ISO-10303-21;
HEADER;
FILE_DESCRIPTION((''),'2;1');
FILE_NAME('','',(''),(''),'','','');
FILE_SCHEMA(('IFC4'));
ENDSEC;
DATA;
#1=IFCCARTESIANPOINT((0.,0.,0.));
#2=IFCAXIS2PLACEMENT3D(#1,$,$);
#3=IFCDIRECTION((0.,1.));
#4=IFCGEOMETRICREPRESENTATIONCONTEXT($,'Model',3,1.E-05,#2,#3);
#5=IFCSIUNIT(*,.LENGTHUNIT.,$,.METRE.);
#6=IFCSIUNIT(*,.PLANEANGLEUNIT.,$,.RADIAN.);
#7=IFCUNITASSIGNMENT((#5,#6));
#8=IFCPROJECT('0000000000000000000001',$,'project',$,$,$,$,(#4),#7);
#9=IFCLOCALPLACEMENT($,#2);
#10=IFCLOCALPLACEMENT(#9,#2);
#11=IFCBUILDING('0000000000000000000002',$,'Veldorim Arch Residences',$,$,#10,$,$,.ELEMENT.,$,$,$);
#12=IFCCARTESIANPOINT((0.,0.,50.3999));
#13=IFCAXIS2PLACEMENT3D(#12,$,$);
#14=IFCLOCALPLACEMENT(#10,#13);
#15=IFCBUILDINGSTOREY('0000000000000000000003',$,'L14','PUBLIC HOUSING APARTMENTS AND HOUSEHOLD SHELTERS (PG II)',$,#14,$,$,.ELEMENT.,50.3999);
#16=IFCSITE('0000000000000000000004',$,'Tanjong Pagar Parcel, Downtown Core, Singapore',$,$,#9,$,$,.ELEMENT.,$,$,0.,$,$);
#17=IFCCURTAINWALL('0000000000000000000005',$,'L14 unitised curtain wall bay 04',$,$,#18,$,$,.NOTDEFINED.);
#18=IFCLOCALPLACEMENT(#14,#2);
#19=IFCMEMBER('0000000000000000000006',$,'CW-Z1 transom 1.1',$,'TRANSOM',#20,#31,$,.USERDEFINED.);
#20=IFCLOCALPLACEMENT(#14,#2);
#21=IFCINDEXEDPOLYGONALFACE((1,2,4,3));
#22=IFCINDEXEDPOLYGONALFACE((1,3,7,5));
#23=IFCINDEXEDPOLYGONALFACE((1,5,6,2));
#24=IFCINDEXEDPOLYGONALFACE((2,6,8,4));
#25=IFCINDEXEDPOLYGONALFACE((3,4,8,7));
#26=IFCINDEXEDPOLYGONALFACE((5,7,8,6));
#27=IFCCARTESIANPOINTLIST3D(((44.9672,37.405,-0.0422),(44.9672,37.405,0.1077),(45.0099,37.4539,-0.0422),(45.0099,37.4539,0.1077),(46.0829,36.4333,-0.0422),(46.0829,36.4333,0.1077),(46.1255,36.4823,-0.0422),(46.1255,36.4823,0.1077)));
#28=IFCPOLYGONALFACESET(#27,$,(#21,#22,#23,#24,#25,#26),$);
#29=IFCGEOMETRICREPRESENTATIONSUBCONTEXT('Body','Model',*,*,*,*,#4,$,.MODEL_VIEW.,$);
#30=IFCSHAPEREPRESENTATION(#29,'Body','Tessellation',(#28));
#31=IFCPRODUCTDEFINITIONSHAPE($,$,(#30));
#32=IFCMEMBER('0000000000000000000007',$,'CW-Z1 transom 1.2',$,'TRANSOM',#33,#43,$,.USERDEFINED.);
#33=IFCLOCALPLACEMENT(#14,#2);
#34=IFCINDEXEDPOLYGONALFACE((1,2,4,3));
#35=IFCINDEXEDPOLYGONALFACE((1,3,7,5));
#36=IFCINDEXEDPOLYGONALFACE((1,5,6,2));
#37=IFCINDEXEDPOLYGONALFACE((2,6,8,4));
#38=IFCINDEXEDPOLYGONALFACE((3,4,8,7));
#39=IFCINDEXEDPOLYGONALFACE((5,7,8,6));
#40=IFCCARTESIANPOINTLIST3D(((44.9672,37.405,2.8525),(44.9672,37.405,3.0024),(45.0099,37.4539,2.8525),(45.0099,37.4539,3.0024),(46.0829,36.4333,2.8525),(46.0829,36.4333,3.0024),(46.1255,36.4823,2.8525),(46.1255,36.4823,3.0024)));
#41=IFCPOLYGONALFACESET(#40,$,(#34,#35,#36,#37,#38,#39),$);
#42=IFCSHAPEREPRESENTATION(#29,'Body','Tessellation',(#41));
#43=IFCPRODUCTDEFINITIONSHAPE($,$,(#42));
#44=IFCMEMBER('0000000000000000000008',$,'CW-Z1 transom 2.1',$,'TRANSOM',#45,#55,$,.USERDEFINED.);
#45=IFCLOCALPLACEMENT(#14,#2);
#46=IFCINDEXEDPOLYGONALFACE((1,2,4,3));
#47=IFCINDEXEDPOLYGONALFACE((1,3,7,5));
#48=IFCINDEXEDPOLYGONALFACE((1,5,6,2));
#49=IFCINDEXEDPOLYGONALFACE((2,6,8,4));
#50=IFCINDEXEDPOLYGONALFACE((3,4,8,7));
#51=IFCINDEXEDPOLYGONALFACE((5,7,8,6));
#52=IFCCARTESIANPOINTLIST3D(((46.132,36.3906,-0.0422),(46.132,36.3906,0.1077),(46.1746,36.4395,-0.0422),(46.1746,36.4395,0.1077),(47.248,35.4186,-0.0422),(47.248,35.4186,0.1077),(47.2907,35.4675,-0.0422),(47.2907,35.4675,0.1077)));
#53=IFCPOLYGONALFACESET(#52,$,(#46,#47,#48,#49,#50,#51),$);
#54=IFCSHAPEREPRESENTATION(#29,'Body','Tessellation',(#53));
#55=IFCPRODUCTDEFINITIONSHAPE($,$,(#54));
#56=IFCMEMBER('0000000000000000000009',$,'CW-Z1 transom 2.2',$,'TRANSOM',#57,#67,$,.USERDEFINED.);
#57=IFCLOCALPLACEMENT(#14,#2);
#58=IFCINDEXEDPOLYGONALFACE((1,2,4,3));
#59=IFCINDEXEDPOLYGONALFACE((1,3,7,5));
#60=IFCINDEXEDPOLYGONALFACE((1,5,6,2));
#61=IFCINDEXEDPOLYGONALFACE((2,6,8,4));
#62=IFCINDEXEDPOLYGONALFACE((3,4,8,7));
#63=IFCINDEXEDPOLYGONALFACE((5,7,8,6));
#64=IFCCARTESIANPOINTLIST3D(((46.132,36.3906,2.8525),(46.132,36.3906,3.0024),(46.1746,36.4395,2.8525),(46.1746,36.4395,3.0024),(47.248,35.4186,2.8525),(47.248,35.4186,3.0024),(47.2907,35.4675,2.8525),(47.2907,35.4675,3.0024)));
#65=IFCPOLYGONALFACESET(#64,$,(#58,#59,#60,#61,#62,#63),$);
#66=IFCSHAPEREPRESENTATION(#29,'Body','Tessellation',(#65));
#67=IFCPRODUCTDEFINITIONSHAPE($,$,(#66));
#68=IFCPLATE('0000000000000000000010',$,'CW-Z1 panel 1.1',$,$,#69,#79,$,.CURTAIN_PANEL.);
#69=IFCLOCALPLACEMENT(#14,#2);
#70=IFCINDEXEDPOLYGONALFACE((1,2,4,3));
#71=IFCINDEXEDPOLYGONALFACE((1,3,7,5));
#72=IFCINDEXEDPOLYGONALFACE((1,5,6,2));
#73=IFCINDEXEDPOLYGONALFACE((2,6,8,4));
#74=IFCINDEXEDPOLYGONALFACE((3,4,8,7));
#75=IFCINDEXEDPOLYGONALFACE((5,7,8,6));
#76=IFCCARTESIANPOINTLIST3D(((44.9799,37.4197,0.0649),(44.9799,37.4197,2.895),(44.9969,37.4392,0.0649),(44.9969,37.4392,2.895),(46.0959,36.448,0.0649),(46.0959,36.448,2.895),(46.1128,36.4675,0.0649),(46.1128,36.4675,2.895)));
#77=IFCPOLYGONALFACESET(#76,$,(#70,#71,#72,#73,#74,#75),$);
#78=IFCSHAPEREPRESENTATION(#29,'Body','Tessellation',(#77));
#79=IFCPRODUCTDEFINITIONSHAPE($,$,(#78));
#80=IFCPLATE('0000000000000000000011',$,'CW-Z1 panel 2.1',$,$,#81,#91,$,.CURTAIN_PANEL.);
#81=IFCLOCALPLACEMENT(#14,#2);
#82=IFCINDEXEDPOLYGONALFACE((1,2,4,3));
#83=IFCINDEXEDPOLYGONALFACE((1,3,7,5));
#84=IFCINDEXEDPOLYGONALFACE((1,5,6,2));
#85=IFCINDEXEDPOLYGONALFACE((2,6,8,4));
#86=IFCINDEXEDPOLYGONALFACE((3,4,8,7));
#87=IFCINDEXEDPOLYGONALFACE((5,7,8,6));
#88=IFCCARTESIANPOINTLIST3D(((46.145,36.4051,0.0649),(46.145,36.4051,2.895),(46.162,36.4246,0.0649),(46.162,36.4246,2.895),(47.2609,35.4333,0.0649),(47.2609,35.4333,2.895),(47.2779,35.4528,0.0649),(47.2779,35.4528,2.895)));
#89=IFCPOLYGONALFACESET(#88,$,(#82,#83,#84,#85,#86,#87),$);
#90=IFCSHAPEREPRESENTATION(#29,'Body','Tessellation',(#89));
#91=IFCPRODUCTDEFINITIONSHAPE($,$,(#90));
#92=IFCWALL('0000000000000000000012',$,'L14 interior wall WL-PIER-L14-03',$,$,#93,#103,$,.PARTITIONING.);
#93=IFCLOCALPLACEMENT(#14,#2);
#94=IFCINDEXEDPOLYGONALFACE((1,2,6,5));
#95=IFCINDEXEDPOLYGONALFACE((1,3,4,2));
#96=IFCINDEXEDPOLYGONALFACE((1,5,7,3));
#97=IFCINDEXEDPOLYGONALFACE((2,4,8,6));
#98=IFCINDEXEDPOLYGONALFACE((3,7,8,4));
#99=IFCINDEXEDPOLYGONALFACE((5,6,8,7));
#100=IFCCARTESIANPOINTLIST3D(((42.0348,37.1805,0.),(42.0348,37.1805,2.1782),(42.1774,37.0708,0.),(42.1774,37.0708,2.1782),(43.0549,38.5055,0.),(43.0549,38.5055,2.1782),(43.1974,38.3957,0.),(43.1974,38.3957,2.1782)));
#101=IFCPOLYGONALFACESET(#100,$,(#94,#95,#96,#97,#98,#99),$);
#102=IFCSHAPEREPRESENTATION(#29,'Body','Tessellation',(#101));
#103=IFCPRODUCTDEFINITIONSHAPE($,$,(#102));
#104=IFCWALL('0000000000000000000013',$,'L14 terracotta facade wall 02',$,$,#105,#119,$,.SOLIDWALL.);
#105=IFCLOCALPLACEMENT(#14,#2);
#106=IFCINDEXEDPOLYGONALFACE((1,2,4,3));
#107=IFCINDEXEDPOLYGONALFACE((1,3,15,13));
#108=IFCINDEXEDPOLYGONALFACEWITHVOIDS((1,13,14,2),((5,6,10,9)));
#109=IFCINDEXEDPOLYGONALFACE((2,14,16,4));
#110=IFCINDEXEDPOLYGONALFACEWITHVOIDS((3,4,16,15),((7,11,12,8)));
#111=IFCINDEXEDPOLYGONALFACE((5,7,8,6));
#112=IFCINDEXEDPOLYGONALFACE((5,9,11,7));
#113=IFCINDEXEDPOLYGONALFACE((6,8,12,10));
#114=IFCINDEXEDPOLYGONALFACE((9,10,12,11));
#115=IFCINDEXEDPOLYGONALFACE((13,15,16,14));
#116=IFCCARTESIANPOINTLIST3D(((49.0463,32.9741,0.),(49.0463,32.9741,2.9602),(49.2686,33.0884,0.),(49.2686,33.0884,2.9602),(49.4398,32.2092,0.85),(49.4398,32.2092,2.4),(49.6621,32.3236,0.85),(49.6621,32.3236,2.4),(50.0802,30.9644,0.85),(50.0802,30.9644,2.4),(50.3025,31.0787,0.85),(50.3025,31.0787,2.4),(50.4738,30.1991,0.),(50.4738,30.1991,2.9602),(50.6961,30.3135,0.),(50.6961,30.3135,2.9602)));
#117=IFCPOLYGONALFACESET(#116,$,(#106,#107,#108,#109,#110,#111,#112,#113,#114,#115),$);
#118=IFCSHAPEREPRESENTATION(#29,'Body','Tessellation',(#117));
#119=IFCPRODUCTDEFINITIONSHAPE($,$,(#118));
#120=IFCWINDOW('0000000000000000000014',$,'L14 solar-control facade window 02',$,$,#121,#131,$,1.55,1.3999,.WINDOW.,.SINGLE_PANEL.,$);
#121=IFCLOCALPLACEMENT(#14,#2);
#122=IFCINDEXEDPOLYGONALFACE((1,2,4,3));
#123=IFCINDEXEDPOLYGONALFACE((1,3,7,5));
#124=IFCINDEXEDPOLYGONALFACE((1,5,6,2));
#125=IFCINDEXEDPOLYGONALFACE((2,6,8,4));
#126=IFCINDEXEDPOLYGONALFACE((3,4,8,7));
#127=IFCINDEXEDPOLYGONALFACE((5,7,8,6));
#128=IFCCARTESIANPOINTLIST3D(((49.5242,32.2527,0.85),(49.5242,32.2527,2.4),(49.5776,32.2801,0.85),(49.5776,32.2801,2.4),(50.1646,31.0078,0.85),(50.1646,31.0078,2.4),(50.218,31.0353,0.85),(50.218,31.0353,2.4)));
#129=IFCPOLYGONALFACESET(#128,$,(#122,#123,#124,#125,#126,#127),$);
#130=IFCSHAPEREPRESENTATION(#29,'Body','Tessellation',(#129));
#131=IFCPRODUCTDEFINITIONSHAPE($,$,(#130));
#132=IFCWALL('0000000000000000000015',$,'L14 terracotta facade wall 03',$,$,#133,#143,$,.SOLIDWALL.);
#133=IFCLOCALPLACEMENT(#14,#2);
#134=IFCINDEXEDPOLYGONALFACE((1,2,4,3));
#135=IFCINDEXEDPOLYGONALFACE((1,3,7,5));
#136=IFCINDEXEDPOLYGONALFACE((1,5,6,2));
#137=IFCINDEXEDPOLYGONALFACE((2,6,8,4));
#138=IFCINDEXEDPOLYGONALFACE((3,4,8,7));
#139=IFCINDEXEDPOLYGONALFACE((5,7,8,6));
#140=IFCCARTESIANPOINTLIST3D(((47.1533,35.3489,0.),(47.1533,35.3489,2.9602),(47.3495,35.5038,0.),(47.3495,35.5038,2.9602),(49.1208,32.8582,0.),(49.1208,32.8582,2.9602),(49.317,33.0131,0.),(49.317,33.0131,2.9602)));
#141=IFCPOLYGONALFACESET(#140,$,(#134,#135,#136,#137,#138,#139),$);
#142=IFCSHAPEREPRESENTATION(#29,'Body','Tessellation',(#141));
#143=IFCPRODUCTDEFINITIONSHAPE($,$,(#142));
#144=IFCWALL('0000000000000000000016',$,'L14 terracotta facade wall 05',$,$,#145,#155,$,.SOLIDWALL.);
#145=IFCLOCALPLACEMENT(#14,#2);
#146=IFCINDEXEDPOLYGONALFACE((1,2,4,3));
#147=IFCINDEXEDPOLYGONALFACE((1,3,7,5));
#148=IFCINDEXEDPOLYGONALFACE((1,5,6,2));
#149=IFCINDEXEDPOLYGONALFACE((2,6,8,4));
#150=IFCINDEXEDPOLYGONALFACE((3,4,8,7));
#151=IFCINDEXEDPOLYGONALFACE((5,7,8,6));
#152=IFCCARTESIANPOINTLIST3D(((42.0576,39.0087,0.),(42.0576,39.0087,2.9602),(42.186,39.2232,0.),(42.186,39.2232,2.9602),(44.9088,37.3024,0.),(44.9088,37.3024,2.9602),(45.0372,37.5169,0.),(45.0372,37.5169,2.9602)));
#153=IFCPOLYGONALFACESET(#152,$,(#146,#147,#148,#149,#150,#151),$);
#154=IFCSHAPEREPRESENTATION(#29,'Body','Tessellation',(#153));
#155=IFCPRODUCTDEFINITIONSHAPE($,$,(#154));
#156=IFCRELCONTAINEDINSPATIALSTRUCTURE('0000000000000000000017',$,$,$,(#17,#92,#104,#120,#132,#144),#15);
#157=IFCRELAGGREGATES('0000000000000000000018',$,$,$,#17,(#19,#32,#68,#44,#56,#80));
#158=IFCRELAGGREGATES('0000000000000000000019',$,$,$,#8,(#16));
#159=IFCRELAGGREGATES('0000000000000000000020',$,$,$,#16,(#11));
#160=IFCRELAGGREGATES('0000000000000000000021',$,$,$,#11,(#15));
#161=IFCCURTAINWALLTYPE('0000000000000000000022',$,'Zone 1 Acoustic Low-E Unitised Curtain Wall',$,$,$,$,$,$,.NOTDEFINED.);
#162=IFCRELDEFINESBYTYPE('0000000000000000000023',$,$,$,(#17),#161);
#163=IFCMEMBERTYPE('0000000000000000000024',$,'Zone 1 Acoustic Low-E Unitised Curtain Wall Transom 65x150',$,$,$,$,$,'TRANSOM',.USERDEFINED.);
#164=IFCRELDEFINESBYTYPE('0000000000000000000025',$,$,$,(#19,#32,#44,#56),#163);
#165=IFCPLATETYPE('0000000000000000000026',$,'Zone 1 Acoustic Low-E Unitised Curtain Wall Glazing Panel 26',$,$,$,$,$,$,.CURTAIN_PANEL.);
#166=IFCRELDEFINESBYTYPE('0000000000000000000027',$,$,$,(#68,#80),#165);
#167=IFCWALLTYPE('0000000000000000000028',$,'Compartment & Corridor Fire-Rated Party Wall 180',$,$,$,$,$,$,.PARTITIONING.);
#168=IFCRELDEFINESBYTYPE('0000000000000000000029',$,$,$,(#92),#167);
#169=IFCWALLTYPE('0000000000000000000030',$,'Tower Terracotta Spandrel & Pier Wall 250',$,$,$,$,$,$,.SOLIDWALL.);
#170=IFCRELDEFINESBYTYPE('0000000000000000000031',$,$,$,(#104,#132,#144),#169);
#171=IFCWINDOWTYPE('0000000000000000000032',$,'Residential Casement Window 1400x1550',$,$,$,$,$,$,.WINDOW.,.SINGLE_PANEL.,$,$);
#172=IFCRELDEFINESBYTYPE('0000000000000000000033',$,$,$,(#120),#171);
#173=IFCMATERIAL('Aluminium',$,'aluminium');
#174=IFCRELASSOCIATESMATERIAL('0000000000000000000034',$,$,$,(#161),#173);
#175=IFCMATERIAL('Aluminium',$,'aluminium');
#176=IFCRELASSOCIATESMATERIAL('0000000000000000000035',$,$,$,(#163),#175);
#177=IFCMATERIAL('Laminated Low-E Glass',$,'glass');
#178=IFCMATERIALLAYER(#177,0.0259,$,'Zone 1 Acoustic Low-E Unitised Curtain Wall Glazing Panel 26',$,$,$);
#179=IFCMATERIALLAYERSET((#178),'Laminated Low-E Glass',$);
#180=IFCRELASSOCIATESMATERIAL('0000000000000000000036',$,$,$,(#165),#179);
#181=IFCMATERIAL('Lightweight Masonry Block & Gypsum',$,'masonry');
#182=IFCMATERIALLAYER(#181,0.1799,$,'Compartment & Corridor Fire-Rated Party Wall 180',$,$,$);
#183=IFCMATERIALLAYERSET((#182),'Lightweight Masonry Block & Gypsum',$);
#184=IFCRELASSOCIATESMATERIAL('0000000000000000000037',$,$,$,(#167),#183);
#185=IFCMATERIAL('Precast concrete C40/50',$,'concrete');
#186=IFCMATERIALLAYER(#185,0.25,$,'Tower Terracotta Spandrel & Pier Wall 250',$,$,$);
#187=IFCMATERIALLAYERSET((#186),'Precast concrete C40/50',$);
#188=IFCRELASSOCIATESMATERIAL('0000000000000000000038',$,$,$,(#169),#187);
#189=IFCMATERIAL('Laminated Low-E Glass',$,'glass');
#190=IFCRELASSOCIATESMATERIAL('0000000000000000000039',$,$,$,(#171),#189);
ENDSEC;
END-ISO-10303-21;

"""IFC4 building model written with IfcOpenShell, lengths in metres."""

from ifc_helpers import new_model, si_unit, direction, frame, frame_2d, origin, origin_2d, place, context, subcontext, project, spatial, rectangle, extrude, material, layer, layer_set, material_profile, profile_set, type_object, element, fill, aggregate, save


model = new_model("IFC4")

# Units and contexts
model_context = context("Model", 3, precision=1e-05, world=origin(), true_north=direction((0.0, 1.0)))
body_context = subcontext(model_context, "Body", "Model", "MODEL_VIEW")
ifc_project = project(units=[si_unit("LENGTHUNIT", "METRE"), si_unit("PLANEANGLEUNIT", "RADIAN")], contexts=[model_context])

# Site, building, storey
site_placement = place(None, origin())
site = spatial("IfcSite", under=ifc_project, at=site_placement, Name="Tanjong Pagar Parcel, Downtown Core, Singapore", CompositionType="ELEMENT", RefElevation=0.0)
building_placement = place(site_placement, origin())
building = spatial("IfcBuilding", under=site, at=building_placement, Name="Veldorim Arch Residences", CompositionType="ELEMENT")
storey_placement = place(building_placement, frame((0.0, 0.0, 50.3999)))
storey = spatial("IfcBuildingStorey", under=building, at=storey_placement, Name="L14", Description="PUBLIC HOUSING APARTMENTS AND HOUSEHOLD SHELTERS (PG II)", CompositionType="ELEMENT", Elevation=50.3999)

# Curtain wall, members, plates
ifc_material_1 = material(Name="Aluminium", Category="aluminium")
curtain_wall_type = type_object("IfcCurtainWallType", Name="Zone 1 Acoustic Low-E Unitised Curtain Wall", PredefinedType="NOTDEFINED", material=ifc_material_1)
curtain_wall_placement = place(storey_placement, origin())
curtain_wall = element("IfcCurtainWall", 1, at=curtain_wall_placement, inside=storey, type_object=curtain_wall_type, Name="L14 unitised curtain wall bay 04", PredefinedType="NOTDEFINED")
ifc_material_2 = material(Name="Aluminium", Category="aluminium")
ifc_material_profile_1 = material_profile(ifc_material_2, rectangle(XDim=0.0649, YDim=0.1499, at=origin_2d()), Name="ALU_TRN_65x150")
ifc_profile_set_1 = profile_set([ifc_material_profile_1], Name="Aluminium")
member_type_1 = type_object("IfcMemberType", Name="Zone 1 Acoustic Low-E Unitised Curtain Wall Transom 65x150", ElementType="TRANSOM", PredefinedType="USERDEFINED", material=ifc_profile_set_1)
member_1_placement = place(storey_placement, frame((44.9885, 37.4294, 0.0327), z_axis=(0.754108, -0.65675, 0.0), x_axis=(0.65675, 0.754108, 0.0)))
member_1 = element("IfcMember", 2, at=member_1_placement, type_object=member_type_1, Name="CW-Z1 transom 1.1", ObjectType="TRANSOM", PredefinedType="USERDEFINED", context=body_context, shape_type="SweptSolid", body=[
    extrude(rectangle(XDim=0.0649, YDim=0.1499, at=origin_2d()), origin(), (0.0, 0.0, 1.0), 1.4795),
])
member_2_placement = place(storey_placement, frame((44.9885, 37.4294, 2.9275), z_axis=(0.754108, -0.65675, 0.0), x_axis=(0.65675, 0.754108, 0.0)))
member_2 = element("IfcMember", 3, at=member_2_placement, type_object=member_type_1, Name="CW-Z1 transom 1.2", ObjectType="TRANSOM", PredefinedType="USERDEFINED", context=body_context, shape_type="SweptSolid", body=[
    extrude(rectangle(XDim=0.0649, YDim=0.1499, at=origin_2d()), origin(), (0.0, 0.0, 1.0), 1.4795),
])
member_3_placement = place(storey_placement, frame((46.1533, 36.415, 0.0327), z_axis=(0.754097, -0.656763, 0.0), x_axis=(0.656763, 0.754097, 0.0)))
member_3 = element("IfcMember", 4, at=member_3_placement, type_object=member_type_1, Name="CW-Z1 transom 2.1", ObjectType="TRANSOM", PredefinedType="USERDEFINED", context=body_context, shape_type="SweptSolid", body=[
    extrude(rectangle(XDim=0.0649, YDim=0.1499, at=origin_2d()), origin(), (0.0, 0.0, 1.0), 1.48),
])
member_4_placement = place(storey_placement, frame((46.1533, 36.415, 2.9275), z_axis=(0.754097, -0.656763, 0.0), x_axis=(0.656763, 0.754097, 0.0)))
member_4 = element("IfcMember", 5, at=member_4_placement, type_object=member_type_1, Name="CW-Z1 transom 2.2", ObjectType="TRANSOM", PredefinedType="USERDEFINED", context=body_context, shape_type="SweptSolid", body=[
    extrude(rectangle(XDim=0.0649, YDim=0.1499, at=origin_2d()), origin(), (0.0, 0.0, 1.0), 1.48),
])
ifc_material_3 = material(Name="Laminated Low-E Glass", Category="glass")
ifc_layer_1 = layer(ifc_material_3, 0.0259, Name="Zone 1 Acoustic Low-E Unitised Curtain Wall Glazing Panel 26")
ifc_layer_set_1 = layer_set([ifc_layer_1], Name="Laminated Low-E Glass")
plate_type = type_object("IfcPlateType", Name="Zone 1 Acoustic Low-E Unitised Curtain Wall Glazing Panel 26", PredefinedType="CURTAIN_PANEL", material=ifc_layer_set_1)
plate_1_placement = place(storey_placement, frame((45.5464, 36.9436, 0.0649), z_axis=(0.0, 0.0, 1.0), x_axis=(0.754136, -0.656719, 0.0)))
plate_1 = element("IfcPlate", 6, at=plate_1_placement, type_object=plate_type, Name="CW-Z1 panel 1.1", PredefinedType="CURTAIN_PANEL", context=body_context, shape_type="SweptSolid", body=[
    extrude(rectangle(XDim=1.4797, YDim=0.0259, at=origin_2d()), origin(), (0.0, 0.0, 1.0), 2.8301),
])
plate_2_placement = place(storey_placement, frame((46.7114, 35.929, 0.0649), z_axis=(0.0, 0.0, 1.0), x_axis=(0.754136, -0.656719, 0.0)))
plate_2 = element("IfcPlate", 7, at=plate_2_placement, type_object=plate_type, Name="CW-Z1 panel 2.1", PredefinedType="CURTAIN_PANEL", context=body_context, shape_type="SweptSolid", body=[
    extrude(rectangle(XDim=1.4797, YDim=0.0259, at=origin_2d()), origin(), (0.0, 0.0, 1.0), 2.8301),
])
aggregate(curtain_wall, [member_1, member_2, plate_1, member_3, member_4, plate_2])

# Wall
ifc_material_4 = material(Name="Lightweight Masonry Block & Gypsum", Category="masonry")
ifc_layer_2 = layer(ifc_material_4, 0.1799, Name="Compartment & Corridor Fire-Rated Party Wall 180")
ifc_layer_set_2 = layer_set([ifc_layer_2], Name="Lightweight Masonry Block & Gypsum")
wall_type_1 = type_object("IfcWallType", Name="Compartment & Corridor Fire-Rated Party Wall 180", PredefinedType="PARTITIONING", material=ifc_layer_set_2)
wall_1_placement = place(storey_placement, frame((42.1062, 37.1257, 0.0), z_axis=(0.0, 0.0, 1.0), x_axis=(0.610021, 0.792385, 0.0)))
element("IfcWall", 8, at=wall_1_placement, inside=storey, type_object=wall_type_1, Name="L14 interior wall WL-PIER-L14-03", PredefinedType="PARTITIONING", context=body_context, shape_type="SweptSolid", body=[
    extrude(rectangle(XDim=1.6721, YDim=0.1799, at=frame_2d((0.8359, 0.0))), origin(), (0.0, 0.0, 1.0), 2.1782),
])

# Wall, opening, window
ifc_material_5 = material(Name="Precast concrete C40/50", Category="concrete")
ifc_layer_3 = layer(ifc_material_5, 0.25, Name="Tower Terracotta Spandrel & Pier Wall 250")
ifc_layer_set_3 = layer_set([ifc_layer_3], Name="Precast concrete C40/50")
wall_type_2 = type_object("IfcWallType", Name="Tower Terracotta Spandrel & Pier Wall 250", PredefinedType="SOLIDWALL", material=ifc_layer_set_3)
wall_2_placement = place(storey_placement, frame((49.1575, 33.0312, 0.0), z_axis=(0.0, 0.0, 1.0), x_axis=(0.457449, -0.889236, 0.0)))
wall_2 = element("IfcWall", 9, at=wall_2_placement, inside=storey, type_object=wall_type_2, Name="L14 terracotta facade wall 02", PredefinedType="SOLIDWALL", context=body_context, shape_type="SweptSolid", body=[
    extrude(rectangle(XDim=3.1206, YDim=0.25, at=frame_2d((1.5603, 0.0))), origin(), (0.0, 0.0, 1.0), 2.9602),
])
opening_1_placement = place(wall_2_placement, frame((0.8601, 0.0, 0.8501)))
opening_1 = element("IfcOpeningElement", 10, at=opening_1_placement, cuts=wall_2, PredefinedType="OPENING", context=body_context, shape_type="SweptSolid", body=[
    extrude(rectangle(XDim=1.3999, YDim=1.55, at=frame_2d((0.7, 0.7749))), frame((0.0, 0.135, 0.0), z_axis=(0.0, -1.0, 0.0), x_axis=(1.0, 0.0, 0.0)), (0.0, 0.0, 1.0), 0.27),
])
ifc_material_6 = material(Name="Laminated Low-E Glass", Category="glass")
window_type = type_object("IfcWindowType", Name="Residential Casement Window 1400x1550", PartitioningType="SINGLE_PANEL", PredefinedType="WINDOW", material=ifc_material_6)
window_placement = place(opening_1_placement, origin())
window = element("IfcWindow", 11, at=window_placement, inside=storey, type_object=window_type, Name="L14 solar-control facade window 02", OverallHeight=1.55, OverallWidth=1.3999, PartitioningType="SINGLE_PANEL", PredefinedType="WINDOW", context=body_context, shape_type="SweptSolid", body=[
    extrude(rectangle(XDim=1.3999, YDim=1.55, at=frame_2d((0.7, 0.7749))), frame((0.0, 0.03, 0.0), z_axis=(0.0, -1.0, 0.0), x_axis=(1.0, 0.0, 0.0)), (0.0, 0.0, 1.0), 0.0601),
])
fill(opening_1, window)

# Walls
wall_3_placement = place(storey_placement, frame((47.2515, 35.4263, 0.0), z_axis=(0.0, 0.0, 1.0), x_axis=(0.619871, -0.784704, 0.0)))
element("IfcWall", 12, at=wall_3_placement, inside=storey, type_object=wall_type_2, Name="L14 terracotta facade wall 03", PredefinedType="SOLIDWALL", context=body_context, shape_type="SweptSolid", body=[
    extrude(rectangle(XDim=3.1741, YDim=0.25, at=frame_2d((1.5869, 0.0))), origin(), (0.0, 0.0, 1.0), 2.9602),
])
wall_4_placement = place(storey_placement, frame((42.1218, 39.116, 0.0), z_axis=(0.0, 0.0, 1.0), x_axis=(0.858069, -0.513534, 0.0)))
element("IfcWall", 13, at=wall_4_placement, inside=storey, type_object=wall_type_2, Name="L14 terracotta facade wall 05", PredefinedType="SOLIDWALL", context=body_context, shape_type="SweptSolid", body=[
    extrude(rectangle(XDim=3.3228, YDim=0.25, at=frame_2d((1.6614, 0.0))), origin(), (0.0, 0.0, 1.0), 2.9602),
])

save(model, "model.ifc")
